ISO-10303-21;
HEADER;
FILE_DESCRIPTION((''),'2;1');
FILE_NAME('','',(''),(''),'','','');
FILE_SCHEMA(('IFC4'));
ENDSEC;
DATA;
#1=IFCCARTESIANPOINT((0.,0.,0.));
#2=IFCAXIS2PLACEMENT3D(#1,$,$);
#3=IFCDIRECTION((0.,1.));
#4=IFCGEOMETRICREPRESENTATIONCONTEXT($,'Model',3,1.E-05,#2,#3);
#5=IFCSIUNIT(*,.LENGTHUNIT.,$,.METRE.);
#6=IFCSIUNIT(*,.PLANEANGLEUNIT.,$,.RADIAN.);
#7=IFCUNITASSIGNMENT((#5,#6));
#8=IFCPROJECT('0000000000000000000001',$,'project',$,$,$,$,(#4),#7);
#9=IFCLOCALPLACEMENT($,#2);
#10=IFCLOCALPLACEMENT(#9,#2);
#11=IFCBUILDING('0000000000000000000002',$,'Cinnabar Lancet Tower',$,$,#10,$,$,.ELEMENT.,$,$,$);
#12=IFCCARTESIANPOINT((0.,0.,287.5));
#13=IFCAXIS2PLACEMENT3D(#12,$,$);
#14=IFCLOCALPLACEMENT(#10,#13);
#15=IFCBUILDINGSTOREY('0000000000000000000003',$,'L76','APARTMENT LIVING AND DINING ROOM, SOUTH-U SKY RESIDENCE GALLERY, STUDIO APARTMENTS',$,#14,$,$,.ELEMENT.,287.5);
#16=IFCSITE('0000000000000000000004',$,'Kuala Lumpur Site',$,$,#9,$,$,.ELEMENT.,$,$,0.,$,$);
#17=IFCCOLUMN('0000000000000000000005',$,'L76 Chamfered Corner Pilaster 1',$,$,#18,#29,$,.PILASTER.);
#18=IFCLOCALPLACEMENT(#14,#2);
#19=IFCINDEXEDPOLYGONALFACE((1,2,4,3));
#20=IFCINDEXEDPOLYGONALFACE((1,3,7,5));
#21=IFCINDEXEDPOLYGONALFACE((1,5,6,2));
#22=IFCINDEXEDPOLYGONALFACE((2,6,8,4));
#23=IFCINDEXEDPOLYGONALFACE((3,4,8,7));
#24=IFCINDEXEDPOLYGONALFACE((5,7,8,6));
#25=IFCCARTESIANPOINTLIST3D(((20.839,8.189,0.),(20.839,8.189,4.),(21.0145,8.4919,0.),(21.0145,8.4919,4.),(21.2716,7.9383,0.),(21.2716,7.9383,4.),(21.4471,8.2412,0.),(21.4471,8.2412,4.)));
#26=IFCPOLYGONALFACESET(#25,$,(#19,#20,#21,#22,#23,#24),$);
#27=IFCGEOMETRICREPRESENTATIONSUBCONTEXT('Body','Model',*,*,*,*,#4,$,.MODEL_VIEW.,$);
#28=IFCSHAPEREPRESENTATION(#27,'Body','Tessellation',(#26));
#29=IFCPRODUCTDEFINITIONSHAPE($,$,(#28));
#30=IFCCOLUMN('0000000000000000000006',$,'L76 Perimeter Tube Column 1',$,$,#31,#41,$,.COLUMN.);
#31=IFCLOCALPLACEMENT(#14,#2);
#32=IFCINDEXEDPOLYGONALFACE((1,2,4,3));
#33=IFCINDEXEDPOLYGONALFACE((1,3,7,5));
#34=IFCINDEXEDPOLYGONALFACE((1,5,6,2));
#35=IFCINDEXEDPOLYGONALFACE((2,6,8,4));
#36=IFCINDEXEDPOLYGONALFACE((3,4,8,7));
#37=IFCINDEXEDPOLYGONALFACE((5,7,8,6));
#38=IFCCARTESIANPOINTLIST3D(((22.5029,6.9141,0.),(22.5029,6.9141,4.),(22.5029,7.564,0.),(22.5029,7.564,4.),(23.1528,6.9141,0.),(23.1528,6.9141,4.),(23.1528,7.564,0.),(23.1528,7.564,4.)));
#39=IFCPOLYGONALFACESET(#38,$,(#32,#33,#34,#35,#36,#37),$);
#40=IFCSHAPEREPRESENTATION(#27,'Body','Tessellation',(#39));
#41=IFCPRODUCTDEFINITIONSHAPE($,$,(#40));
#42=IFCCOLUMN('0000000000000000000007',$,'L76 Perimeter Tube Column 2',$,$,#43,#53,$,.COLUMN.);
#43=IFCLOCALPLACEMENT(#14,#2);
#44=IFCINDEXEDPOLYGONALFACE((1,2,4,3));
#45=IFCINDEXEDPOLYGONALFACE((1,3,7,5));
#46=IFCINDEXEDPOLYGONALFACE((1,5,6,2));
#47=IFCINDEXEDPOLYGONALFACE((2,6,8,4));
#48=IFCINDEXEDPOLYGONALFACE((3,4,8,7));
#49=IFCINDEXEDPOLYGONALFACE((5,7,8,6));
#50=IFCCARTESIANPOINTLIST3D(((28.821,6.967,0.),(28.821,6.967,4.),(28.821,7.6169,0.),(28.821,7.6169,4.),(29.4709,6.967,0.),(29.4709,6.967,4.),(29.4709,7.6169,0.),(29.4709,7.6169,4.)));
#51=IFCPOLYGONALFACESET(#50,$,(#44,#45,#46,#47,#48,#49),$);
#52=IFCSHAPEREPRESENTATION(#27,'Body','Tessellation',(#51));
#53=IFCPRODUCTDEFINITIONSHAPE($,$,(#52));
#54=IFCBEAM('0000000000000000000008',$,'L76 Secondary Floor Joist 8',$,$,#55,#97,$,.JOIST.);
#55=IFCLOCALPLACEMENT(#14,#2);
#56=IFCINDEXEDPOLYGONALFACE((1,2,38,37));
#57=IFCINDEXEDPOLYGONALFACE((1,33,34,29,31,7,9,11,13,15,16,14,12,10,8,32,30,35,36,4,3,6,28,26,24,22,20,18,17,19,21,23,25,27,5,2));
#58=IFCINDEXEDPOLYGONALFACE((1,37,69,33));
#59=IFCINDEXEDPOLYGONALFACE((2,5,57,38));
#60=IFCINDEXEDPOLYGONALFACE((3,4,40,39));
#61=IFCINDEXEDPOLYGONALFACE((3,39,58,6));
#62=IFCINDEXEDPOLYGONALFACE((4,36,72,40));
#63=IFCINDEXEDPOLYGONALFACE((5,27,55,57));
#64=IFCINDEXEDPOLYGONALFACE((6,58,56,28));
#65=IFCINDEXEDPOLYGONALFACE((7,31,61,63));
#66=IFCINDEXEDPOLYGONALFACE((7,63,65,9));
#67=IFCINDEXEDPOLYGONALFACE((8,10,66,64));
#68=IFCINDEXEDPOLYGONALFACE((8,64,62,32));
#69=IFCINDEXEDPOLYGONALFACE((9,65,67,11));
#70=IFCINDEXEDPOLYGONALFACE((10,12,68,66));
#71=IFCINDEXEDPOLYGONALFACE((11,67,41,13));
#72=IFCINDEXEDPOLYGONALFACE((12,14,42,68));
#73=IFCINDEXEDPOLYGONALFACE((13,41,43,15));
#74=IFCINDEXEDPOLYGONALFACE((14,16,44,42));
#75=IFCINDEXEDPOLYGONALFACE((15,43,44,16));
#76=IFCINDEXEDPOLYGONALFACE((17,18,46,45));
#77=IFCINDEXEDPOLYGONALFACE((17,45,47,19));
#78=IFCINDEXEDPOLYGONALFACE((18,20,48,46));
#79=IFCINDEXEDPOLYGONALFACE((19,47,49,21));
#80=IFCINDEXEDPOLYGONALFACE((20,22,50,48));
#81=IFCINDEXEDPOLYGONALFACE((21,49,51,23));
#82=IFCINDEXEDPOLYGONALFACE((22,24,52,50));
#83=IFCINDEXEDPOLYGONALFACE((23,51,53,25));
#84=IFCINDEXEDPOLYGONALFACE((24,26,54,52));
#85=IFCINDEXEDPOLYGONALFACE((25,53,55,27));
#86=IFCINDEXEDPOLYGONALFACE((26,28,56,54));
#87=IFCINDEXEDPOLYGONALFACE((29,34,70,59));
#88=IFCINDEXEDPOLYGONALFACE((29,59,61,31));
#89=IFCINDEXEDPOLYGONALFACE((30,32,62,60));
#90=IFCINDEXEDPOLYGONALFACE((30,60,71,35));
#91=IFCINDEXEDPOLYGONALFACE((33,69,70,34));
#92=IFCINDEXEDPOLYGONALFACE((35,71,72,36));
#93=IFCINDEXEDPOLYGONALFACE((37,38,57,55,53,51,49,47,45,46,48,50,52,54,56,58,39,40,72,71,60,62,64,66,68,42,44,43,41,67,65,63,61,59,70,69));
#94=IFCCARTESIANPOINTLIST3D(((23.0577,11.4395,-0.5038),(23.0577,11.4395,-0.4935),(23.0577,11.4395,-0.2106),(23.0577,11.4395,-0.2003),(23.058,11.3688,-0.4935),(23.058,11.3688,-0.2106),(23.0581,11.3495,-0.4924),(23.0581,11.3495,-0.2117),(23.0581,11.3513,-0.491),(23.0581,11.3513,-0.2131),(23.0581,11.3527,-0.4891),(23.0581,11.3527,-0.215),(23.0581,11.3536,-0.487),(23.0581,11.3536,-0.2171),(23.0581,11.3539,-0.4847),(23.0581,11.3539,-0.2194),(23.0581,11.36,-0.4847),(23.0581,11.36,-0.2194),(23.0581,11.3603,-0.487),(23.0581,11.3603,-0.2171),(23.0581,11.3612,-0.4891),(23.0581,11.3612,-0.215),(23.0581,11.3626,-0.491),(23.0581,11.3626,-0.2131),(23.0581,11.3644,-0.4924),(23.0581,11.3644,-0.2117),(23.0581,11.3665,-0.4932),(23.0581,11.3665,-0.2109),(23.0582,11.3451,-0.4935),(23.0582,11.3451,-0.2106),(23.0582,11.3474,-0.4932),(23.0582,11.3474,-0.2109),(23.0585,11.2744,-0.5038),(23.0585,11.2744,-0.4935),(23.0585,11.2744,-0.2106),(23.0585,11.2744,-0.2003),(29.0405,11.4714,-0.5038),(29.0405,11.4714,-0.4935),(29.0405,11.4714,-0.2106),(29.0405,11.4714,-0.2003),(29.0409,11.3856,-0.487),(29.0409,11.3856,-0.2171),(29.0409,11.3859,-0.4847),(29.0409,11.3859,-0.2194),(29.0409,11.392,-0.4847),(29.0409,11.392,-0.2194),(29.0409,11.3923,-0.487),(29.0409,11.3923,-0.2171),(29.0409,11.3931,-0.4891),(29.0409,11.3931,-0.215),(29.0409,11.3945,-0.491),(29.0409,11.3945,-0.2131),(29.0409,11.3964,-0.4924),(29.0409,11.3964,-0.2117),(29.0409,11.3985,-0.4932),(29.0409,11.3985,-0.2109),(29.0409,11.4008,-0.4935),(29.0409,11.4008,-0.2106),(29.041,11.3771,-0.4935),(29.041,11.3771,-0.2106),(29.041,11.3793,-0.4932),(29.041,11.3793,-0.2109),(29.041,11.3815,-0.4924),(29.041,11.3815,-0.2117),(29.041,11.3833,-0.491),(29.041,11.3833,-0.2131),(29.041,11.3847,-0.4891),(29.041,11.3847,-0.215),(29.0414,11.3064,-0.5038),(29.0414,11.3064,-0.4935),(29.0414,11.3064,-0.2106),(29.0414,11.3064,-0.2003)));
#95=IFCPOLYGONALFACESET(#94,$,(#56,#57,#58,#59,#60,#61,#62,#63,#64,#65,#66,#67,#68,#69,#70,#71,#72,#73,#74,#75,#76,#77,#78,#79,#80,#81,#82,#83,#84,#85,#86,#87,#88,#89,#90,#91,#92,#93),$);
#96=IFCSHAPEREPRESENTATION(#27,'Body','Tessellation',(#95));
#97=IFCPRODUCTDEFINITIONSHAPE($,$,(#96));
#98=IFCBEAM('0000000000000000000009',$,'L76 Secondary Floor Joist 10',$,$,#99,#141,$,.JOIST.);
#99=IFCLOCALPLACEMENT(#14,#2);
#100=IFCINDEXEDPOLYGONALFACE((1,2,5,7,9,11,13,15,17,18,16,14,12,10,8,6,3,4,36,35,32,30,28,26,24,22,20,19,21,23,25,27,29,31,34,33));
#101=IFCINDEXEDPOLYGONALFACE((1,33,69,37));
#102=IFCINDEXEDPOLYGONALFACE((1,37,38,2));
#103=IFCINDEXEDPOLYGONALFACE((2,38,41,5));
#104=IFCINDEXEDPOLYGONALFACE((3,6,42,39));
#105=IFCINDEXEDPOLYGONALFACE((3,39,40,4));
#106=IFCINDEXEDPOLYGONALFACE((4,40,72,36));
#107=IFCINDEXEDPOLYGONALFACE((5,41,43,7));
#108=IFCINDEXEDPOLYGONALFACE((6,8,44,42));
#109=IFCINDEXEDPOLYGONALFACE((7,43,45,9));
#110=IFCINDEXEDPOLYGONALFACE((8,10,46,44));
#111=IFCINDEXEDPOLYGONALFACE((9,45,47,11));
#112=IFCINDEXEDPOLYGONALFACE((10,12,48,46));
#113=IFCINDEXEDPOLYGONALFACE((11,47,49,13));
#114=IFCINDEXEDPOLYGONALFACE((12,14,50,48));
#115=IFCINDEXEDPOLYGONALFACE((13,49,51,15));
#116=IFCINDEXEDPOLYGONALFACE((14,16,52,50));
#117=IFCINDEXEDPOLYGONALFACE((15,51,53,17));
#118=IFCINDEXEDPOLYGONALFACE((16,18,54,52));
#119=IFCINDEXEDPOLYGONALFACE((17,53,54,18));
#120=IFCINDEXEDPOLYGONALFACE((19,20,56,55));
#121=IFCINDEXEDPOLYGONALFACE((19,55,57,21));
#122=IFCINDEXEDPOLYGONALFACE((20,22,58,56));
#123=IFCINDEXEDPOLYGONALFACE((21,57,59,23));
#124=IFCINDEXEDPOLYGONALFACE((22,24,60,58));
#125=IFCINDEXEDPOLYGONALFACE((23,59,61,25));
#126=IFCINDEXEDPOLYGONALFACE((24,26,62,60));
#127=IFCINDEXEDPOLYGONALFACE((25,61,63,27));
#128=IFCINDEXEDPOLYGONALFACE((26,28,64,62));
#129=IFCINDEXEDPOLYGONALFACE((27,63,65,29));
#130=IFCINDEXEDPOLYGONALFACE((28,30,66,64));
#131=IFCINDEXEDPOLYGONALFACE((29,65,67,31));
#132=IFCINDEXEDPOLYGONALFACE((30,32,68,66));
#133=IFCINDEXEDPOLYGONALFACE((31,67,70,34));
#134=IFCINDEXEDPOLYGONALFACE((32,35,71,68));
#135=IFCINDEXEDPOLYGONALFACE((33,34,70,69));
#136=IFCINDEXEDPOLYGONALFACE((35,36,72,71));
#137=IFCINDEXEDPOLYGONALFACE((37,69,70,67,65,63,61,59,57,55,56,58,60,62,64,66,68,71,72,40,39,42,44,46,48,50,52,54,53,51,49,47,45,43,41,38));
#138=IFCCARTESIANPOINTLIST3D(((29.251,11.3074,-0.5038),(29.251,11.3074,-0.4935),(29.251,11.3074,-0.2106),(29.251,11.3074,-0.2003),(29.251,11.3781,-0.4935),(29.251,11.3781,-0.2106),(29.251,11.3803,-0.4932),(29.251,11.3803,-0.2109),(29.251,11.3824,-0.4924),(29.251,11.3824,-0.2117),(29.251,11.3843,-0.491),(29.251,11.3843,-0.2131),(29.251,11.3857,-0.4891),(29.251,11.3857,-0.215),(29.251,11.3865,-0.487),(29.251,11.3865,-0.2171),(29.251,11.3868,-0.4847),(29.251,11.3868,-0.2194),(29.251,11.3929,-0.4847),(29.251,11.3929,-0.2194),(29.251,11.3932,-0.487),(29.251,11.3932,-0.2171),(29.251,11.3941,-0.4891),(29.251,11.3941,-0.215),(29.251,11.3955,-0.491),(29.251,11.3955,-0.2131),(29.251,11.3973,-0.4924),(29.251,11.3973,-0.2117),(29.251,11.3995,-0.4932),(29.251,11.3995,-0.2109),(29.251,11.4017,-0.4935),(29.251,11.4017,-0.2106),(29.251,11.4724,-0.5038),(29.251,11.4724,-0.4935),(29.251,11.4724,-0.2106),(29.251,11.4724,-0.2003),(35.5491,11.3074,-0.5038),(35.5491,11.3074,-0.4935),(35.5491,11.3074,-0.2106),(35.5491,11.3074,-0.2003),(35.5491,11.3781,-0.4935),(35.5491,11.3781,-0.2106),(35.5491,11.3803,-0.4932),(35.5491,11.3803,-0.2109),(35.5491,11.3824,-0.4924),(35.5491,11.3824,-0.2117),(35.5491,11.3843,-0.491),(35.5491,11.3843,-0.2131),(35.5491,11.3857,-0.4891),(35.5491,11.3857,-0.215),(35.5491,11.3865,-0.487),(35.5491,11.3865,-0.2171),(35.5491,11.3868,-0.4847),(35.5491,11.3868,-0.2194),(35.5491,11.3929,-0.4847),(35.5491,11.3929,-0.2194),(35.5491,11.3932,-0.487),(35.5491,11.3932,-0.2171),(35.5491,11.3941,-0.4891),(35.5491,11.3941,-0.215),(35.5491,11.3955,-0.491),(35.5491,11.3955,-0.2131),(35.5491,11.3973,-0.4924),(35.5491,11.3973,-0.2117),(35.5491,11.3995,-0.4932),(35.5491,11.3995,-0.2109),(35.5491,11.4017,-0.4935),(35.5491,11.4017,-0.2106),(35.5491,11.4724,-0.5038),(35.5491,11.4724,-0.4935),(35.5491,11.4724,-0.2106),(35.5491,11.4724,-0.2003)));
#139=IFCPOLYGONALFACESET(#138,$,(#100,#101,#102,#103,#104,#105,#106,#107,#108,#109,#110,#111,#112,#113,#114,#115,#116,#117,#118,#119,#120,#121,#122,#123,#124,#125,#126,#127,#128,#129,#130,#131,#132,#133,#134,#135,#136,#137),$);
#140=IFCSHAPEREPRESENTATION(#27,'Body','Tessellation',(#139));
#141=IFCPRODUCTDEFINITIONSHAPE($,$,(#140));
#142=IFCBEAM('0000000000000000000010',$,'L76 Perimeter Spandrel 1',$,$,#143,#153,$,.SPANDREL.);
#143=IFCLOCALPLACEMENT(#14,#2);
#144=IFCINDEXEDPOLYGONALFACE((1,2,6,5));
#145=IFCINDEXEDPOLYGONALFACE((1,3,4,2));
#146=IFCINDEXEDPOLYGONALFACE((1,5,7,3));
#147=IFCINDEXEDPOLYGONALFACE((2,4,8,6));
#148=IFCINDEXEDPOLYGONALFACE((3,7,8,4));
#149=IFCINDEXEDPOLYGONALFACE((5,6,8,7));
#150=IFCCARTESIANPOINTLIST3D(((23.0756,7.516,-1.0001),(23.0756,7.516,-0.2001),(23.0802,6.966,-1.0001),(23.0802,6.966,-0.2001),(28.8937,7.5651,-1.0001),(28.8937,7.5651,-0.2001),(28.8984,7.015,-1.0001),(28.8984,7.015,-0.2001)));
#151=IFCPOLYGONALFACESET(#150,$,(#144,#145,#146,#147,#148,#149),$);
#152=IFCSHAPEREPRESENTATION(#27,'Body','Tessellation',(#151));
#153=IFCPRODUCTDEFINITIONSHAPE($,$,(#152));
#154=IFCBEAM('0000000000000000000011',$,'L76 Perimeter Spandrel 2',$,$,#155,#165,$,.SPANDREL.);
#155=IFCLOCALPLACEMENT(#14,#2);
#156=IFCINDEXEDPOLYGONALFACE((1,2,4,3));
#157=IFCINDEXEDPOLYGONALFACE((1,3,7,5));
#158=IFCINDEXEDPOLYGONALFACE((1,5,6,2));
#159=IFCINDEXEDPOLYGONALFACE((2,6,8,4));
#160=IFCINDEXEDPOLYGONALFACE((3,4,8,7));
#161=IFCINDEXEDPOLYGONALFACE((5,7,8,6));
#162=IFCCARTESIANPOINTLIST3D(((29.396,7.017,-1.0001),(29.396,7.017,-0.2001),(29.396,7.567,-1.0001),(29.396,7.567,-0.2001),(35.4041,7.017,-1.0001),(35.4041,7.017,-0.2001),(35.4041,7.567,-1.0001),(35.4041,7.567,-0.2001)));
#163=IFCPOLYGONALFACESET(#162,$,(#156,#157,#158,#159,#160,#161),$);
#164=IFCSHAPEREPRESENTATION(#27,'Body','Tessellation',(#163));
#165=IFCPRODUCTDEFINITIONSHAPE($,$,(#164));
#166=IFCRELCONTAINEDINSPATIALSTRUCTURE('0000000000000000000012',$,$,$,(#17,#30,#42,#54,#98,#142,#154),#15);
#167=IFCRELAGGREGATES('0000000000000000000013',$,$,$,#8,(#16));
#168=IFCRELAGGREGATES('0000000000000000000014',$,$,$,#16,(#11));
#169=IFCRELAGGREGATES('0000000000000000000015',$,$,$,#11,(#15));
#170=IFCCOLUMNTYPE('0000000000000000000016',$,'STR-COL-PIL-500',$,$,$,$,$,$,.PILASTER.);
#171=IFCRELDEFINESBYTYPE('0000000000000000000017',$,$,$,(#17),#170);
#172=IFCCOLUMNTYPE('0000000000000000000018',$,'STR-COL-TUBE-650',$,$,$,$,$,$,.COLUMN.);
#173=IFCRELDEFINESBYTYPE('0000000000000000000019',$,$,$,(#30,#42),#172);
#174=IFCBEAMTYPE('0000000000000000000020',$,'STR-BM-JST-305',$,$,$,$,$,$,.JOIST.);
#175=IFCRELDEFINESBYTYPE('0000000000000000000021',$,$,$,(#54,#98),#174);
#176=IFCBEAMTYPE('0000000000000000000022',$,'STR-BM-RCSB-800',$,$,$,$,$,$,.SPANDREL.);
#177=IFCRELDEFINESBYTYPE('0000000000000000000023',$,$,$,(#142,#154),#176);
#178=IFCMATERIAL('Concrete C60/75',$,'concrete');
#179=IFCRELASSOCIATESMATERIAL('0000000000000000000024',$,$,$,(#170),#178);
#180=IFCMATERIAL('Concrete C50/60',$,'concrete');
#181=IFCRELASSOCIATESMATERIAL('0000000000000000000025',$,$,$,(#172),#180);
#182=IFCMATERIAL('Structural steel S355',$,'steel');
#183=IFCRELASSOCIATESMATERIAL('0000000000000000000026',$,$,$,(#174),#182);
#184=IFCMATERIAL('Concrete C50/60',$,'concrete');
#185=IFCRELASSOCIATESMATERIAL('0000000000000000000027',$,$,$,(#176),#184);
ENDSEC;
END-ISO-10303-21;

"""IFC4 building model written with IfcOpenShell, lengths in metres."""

from ifc_helpers import new_model, si_unit, direction, frame, origin, origin_2d, place, context, subcontext, project, spatial, rectangle, i_section, extrude, material, material_profile, profile_set, type_object, element, save


model = new_model("IFC4")

# Units and contexts
model_context = context("Model", 3, precision=1e-05, world=origin(), true_north=direction((0.0, 1.0)))
body_context = subcontext(model_context, "Body", "Model", "MODEL_VIEW")
ifc_project = project(units=[si_unit("LENGTHUNIT", "METRE"), si_unit("PLANEANGLEUNIT", "RADIAN")], contexts=[model_context])

# Site, building, storey
site_placement = place(None, origin())
site = spatial("IfcSite", under=ifc_project, at=site_placement, Name="Kuala Lumpur Site", CompositionType="ELEMENT", RefElevation=0.0)
building_placement = place(site_placement, origin())
building = spatial("IfcBuilding", under=site, at=building_placement, Name="Cinnabar Lancet Tower", CompositionType="ELEMENT")
storey_placement = place(building_placement, frame((0.0, 0.0, 287.5)))
storey = spatial("IfcBuildingStorey", under=building, at=storey_placement, Name="L76", Description="APARTMENT LIVING AND DINING ROOM, SOUTH-U SKY RESIDENCE GALLERY, STUDIO APARTMENTS", CompositionType="ELEMENT", Elevation=287.5)

# Columns
ifc_material_1 = material(Name="Concrete C60/75", Category="concrete")
ifc_material_profile_1 = material_profile(ifc_material_1, rectangle(XDim=0.5, YDim=0.3501, at=origin_2d()), Name="RC-PIL 500x350")
ifc_profile_set_1 = profile_set([ifc_material_profile_1], Name="Concrete C60/75")
column_type_1 = type_object("IfcColumnType", Name="STR-COL-PIL-500", PredefinedType="PILASTER", material=ifc_profile_set_1)
column_placement = place(storey_placement, frame((21.1431, 8.2151, 0.0), z_axis=(0.0, 0.0, 1.0), x_axis=(0.865256, -0.50133, 0.0)))
element("IfcColumn", 1, at=column_placement, inside=storey, type_object=column_type_1, Name="L76 Chamfered Corner Pilaster 1", PredefinedType="PILASTER", context=body_context, shape_type="SweptSolid", body=[
    extrude(rectangle(XDim=0.5, YDim=0.3501, at=origin_2d()), origin(), (0.0, 0.0, 1.0), 4.0),
])
ifc_material_2 = material(Name="Concrete C50/60", Category="concrete")
ifc_material_profile_2 = material_profile(ifc_material_2, rectangle(XDim=0.6499, YDim=0.6499, at=origin_2d()), Name="RC-COL 650x650")
ifc_profile_set_2 = profile_set([ifc_material_profile_2], Name="Concrete C50/60")
column_type_2 = type_object("IfcColumnType", Name="STR-COL-TUBE-650", PredefinedType="COLUMN", material=ifc_profile_set_2)
for number, where, z_axis, x_axis, name in (
    (2, (22.8279, 7.239, 0.0), (0.0, 0.0, 1.0), (1.0, 0.0, 0.0), "L76 Perimeter Tube Column 1"),
    (3, (29.146, 7.292, 0.0), (0.0, 0.0, 1.0), (1.0, 0.0, 0.0), "L76 Perimeter Tube Column 2"),
):
    element("IfcColumn", number, at=place(storey_placement, frame(where, z_axis=z_axis, x_axis=x_axis)), inside=storey, type_object=column_type_2, Name=name, PredefinedType="COLUMN", context=body_context, shape_type="SweptSolid", body=[
        extrude(rectangle(XDim=0.6499, YDim=0.6499, at=origin_2d()), origin(), (0.0, 0.0, 1.0), 4.0),
    ])

# Beams
ifc_material_3 = material(Name="Structural steel S355", Category="steel")
ifc_material_profile_3 = material_profile(ifc_material_3, i_section(OverallWidth=0.165, OverallDepth=0.3035, WebThickness=0.0061, FlangeThickness=0.0103, FilletRadius=0.0088, at=origin_2d()), Name="UKB 305x165x40")
ifc_profile_set_3 = profile_set([ifc_material_profile_3], Name="Structural steel S355")
beam_type_1 = type_object("IfcBeamType", Name="STR-BM-JST-305", PredefinedType="JOIST", material=ifc_profile_set_3)
beam_1_placement = place(storey_placement, frame((23.0581, 11.3569, -0.3521), z_axis=(0.999986, 0.005346, 0.0), x_axis=(-0.005346, 0.999986, 0.0)))
element("IfcBeam", 4, at=beam_1_placement, inside=storey, type_object=beam_type_1, Name="L76 Secondary Floor Joist 8", PredefinedType="JOIST", context=body_context, shape_type="SweptSolid", body=[
    extrude(i_section(OverallWidth=0.165, OverallDepth=0.3035, WebThickness=0.0061, FlangeThickness=0.0103, FilletRadius=0.0088, at=origin_2d()), origin(), (0.0, 0.0, 1.0), 5.9829),
])
beam_2_placement = place(storey_placement, frame((29.251, 11.3899, -0.3521), z_axis=(1.0, 0.0, 0.0), x_axis=(0.0, 1.0, 0.0)))
element("IfcBeam", 5, at=beam_2_placement, inside=storey, type_object=beam_type_1, Name="L76 Secondary Floor Joist 10", PredefinedType="JOIST", context=body_context, shape_type="SweptSolid", body=[
    extrude(i_section(OverallWidth=0.165, OverallDepth=0.3035, WebThickness=0.0061, FlangeThickness=0.0103, FilletRadius=0.0088, at=origin_2d()), origin(), (0.0, 0.0, 1.0), 6.2981),
])
ifc_material_4 = material(Name="Concrete C50/60", Category="concrete")
ifc_material_profile_4 = material_profile(ifc_material_4, rectangle(XDim=0.55, YDim=0.8, at=origin_2d()), Name="RC-SB 550x800")
ifc_profile_set_4 = profile_set([ifc_material_profile_4], Name="Concrete C50/60")
beam_type_2 = type_object("IfcBeamType", Name="STR-BM-RCSB-800", PredefinedType="SPANDREL", material=ifc_profile_set_4)
beam_3_placement = place(storey_placement, frame((23.0779, 7.241, -0.6001), z_axis=(0.999964, 0.008434, 0.0), x_axis=(-0.008434, 0.999964, 0.0)))
element("IfcBeam", 6, at=beam_3_placement, inside=storey, type_object=beam_type_2, Name="L76 Perimeter Spandrel 1", PredefinedType="SPANDREL", context=body_context, shape_type="SweptSolid", body=[
    extrude(rectangle(XDim=0.55, YDim=0.8, at=origin_2d()), origin(), (0.0, 0.0, 1.0), 5.8184),
])
beam_4_placement = place(storey_placement, frame((29.396, 7.292, -0.6001), z_axis=(1.0, 0.0, 0.0), x_axis=(0.0, 1.0, 0.0)))
element("IfcBeam", 7, at=beam_4_placement, inside=storey, type_object=beam_type_2, Name="L76 Perimeter Spandrel 2", PredefinedType="SPANDREL", context=body_context, shape_type="SweptSolid", body=[
    extrude(rectangle(XDim=0.55, YDim=0.8, at=origin_2d()), origin(), (0.0, 0.0, 1.0), 6.0081),
])

save(model, "model.ifc")
